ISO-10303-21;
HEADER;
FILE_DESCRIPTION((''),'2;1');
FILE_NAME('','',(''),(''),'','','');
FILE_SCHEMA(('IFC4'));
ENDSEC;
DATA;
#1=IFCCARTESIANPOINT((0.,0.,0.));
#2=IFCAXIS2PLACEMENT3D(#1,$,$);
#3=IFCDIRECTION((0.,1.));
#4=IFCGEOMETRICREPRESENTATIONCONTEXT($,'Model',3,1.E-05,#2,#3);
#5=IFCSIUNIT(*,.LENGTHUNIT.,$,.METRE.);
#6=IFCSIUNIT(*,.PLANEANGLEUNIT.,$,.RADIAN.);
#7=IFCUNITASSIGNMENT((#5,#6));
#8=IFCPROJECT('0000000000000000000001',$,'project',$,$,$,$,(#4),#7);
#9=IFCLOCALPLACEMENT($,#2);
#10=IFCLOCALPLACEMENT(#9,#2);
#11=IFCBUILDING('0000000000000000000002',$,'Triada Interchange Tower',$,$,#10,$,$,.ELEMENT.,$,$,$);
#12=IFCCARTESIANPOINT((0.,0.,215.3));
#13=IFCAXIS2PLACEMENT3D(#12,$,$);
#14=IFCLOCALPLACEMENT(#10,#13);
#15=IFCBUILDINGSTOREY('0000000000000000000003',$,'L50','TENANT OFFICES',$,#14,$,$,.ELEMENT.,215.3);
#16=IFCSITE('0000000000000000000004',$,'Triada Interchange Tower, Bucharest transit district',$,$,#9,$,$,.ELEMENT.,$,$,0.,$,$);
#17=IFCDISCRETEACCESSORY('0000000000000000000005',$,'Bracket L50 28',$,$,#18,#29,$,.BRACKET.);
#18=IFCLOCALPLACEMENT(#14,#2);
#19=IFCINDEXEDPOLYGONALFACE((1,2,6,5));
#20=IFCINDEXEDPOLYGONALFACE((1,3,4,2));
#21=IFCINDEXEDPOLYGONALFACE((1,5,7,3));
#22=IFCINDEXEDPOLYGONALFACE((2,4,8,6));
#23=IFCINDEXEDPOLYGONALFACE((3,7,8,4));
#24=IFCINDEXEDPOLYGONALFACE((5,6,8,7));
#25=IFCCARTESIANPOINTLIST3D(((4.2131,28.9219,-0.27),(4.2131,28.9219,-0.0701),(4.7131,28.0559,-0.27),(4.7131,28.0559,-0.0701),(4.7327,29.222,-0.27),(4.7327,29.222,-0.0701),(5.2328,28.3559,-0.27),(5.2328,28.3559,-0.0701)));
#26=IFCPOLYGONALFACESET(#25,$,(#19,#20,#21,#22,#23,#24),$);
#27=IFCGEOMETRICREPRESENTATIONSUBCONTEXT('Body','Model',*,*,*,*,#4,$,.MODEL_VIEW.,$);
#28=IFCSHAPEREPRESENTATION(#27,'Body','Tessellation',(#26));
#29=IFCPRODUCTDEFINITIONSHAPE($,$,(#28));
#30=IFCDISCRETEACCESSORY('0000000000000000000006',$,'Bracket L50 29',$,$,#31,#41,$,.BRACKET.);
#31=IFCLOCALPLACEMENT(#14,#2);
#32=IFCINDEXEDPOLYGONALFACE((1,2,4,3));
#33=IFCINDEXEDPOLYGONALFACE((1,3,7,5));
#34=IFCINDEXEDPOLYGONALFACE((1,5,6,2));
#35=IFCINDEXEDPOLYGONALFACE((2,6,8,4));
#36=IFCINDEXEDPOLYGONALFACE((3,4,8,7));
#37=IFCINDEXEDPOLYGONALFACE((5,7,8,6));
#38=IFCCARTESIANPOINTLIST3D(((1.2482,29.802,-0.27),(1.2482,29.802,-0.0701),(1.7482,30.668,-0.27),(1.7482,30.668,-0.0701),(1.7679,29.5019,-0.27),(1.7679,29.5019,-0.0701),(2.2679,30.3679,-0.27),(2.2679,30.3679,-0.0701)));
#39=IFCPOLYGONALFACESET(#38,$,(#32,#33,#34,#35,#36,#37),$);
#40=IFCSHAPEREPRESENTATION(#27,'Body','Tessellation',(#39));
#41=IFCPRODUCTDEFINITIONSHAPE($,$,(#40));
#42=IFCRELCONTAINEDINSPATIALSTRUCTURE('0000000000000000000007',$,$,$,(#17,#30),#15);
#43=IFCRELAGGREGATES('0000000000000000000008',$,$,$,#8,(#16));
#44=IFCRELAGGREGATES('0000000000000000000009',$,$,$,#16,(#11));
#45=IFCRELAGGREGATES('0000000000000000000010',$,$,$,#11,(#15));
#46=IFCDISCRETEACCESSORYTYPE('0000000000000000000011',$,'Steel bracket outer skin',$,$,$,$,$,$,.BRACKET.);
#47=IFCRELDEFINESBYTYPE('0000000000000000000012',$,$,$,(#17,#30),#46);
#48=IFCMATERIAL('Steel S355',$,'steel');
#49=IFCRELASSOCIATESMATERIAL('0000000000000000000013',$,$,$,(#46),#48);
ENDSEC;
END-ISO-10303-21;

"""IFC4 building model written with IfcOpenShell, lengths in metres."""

from ifc_helpers import new_model, si_unit, direction, frame, origin, origin_2d, place, context, subcontext, project, spatial, rectangle, extrude, material, type_object, element, save


model = new_model("IFC4")

# Units and contexts
model_context = context("Model", 3, precision=1e-05, world=origin(), true_north=direction((0.0, 1.0)))
body_context = subcontext(model_context, "Body", "Model", "MODEL_VIEW")
ifc_project = project(units=[si_unit("LENGTHUNIT", "METRE"), si_unit("PLANEANGLEUNIT", "RADIAN")], contexts=[model_context])

# Site, building, storey
site_placement = place(None, origin())
site = spatial("IfcSite", under=ifc_project, at=site_placement, Name="Triada Interchange Tower, Bucharest transit district", CompositionType="ELEMENT", RefElevation=0.0)
building_placement = place(site_placement, origin())
building = spatial("IfcBuilding", under=site, at=building_placement, Name="Triada Interchange Tower", CompositionType="ELEMENT")
storey_placement = place(building_placement, frame((0.0, 0.0, 215.3)))
storey = spatial("IfcBuildingStorey", under=building, at=storey_placement, Name="L50", Description="TENANT OFFICES", CompositionType="ELEMENT", Elevation=215.3)

# Discrete accessories
ifc_material_1 = material(Name="Steel S355", Category="steel")
discrete_accessory_type = type_object("IfcDiscreteAccessoryType", Name="Steel bracket outer skin", PredefinedType="BRACKET", material=ifc_material_1)
for number, where, z_axis, x_axis, name in (
    (1, (4.7229, 28.6389, -0.27), (0.0, 0.0, 1.0), (0.866025, 0.500001, 0.0), "Bracket L50 28"),
    (2, (1.7581, 30.085, -0.27), (0.0, 0.0, 1.0), (-0.866, 0.500044, 0.0), "Bracket L50 29"),
):
    element("IfcDiscreteAccessory", number, at=place(storey_placement, frame(where, z_axis=z_axis, x_axis=x_axis)), inside=storey, type_object=discrete_accessory_type, Name=name, PredefinedType="BRACKET", context=body_context, shape_type="SweptSolid", body=[
        extrude(rectangle(XDim=0.6001, YDim=1.0, at=origin_2d()), origin(), (0.0, 0.0, 1.0), 0.2),
    ])

save(model, "model.ifc")
